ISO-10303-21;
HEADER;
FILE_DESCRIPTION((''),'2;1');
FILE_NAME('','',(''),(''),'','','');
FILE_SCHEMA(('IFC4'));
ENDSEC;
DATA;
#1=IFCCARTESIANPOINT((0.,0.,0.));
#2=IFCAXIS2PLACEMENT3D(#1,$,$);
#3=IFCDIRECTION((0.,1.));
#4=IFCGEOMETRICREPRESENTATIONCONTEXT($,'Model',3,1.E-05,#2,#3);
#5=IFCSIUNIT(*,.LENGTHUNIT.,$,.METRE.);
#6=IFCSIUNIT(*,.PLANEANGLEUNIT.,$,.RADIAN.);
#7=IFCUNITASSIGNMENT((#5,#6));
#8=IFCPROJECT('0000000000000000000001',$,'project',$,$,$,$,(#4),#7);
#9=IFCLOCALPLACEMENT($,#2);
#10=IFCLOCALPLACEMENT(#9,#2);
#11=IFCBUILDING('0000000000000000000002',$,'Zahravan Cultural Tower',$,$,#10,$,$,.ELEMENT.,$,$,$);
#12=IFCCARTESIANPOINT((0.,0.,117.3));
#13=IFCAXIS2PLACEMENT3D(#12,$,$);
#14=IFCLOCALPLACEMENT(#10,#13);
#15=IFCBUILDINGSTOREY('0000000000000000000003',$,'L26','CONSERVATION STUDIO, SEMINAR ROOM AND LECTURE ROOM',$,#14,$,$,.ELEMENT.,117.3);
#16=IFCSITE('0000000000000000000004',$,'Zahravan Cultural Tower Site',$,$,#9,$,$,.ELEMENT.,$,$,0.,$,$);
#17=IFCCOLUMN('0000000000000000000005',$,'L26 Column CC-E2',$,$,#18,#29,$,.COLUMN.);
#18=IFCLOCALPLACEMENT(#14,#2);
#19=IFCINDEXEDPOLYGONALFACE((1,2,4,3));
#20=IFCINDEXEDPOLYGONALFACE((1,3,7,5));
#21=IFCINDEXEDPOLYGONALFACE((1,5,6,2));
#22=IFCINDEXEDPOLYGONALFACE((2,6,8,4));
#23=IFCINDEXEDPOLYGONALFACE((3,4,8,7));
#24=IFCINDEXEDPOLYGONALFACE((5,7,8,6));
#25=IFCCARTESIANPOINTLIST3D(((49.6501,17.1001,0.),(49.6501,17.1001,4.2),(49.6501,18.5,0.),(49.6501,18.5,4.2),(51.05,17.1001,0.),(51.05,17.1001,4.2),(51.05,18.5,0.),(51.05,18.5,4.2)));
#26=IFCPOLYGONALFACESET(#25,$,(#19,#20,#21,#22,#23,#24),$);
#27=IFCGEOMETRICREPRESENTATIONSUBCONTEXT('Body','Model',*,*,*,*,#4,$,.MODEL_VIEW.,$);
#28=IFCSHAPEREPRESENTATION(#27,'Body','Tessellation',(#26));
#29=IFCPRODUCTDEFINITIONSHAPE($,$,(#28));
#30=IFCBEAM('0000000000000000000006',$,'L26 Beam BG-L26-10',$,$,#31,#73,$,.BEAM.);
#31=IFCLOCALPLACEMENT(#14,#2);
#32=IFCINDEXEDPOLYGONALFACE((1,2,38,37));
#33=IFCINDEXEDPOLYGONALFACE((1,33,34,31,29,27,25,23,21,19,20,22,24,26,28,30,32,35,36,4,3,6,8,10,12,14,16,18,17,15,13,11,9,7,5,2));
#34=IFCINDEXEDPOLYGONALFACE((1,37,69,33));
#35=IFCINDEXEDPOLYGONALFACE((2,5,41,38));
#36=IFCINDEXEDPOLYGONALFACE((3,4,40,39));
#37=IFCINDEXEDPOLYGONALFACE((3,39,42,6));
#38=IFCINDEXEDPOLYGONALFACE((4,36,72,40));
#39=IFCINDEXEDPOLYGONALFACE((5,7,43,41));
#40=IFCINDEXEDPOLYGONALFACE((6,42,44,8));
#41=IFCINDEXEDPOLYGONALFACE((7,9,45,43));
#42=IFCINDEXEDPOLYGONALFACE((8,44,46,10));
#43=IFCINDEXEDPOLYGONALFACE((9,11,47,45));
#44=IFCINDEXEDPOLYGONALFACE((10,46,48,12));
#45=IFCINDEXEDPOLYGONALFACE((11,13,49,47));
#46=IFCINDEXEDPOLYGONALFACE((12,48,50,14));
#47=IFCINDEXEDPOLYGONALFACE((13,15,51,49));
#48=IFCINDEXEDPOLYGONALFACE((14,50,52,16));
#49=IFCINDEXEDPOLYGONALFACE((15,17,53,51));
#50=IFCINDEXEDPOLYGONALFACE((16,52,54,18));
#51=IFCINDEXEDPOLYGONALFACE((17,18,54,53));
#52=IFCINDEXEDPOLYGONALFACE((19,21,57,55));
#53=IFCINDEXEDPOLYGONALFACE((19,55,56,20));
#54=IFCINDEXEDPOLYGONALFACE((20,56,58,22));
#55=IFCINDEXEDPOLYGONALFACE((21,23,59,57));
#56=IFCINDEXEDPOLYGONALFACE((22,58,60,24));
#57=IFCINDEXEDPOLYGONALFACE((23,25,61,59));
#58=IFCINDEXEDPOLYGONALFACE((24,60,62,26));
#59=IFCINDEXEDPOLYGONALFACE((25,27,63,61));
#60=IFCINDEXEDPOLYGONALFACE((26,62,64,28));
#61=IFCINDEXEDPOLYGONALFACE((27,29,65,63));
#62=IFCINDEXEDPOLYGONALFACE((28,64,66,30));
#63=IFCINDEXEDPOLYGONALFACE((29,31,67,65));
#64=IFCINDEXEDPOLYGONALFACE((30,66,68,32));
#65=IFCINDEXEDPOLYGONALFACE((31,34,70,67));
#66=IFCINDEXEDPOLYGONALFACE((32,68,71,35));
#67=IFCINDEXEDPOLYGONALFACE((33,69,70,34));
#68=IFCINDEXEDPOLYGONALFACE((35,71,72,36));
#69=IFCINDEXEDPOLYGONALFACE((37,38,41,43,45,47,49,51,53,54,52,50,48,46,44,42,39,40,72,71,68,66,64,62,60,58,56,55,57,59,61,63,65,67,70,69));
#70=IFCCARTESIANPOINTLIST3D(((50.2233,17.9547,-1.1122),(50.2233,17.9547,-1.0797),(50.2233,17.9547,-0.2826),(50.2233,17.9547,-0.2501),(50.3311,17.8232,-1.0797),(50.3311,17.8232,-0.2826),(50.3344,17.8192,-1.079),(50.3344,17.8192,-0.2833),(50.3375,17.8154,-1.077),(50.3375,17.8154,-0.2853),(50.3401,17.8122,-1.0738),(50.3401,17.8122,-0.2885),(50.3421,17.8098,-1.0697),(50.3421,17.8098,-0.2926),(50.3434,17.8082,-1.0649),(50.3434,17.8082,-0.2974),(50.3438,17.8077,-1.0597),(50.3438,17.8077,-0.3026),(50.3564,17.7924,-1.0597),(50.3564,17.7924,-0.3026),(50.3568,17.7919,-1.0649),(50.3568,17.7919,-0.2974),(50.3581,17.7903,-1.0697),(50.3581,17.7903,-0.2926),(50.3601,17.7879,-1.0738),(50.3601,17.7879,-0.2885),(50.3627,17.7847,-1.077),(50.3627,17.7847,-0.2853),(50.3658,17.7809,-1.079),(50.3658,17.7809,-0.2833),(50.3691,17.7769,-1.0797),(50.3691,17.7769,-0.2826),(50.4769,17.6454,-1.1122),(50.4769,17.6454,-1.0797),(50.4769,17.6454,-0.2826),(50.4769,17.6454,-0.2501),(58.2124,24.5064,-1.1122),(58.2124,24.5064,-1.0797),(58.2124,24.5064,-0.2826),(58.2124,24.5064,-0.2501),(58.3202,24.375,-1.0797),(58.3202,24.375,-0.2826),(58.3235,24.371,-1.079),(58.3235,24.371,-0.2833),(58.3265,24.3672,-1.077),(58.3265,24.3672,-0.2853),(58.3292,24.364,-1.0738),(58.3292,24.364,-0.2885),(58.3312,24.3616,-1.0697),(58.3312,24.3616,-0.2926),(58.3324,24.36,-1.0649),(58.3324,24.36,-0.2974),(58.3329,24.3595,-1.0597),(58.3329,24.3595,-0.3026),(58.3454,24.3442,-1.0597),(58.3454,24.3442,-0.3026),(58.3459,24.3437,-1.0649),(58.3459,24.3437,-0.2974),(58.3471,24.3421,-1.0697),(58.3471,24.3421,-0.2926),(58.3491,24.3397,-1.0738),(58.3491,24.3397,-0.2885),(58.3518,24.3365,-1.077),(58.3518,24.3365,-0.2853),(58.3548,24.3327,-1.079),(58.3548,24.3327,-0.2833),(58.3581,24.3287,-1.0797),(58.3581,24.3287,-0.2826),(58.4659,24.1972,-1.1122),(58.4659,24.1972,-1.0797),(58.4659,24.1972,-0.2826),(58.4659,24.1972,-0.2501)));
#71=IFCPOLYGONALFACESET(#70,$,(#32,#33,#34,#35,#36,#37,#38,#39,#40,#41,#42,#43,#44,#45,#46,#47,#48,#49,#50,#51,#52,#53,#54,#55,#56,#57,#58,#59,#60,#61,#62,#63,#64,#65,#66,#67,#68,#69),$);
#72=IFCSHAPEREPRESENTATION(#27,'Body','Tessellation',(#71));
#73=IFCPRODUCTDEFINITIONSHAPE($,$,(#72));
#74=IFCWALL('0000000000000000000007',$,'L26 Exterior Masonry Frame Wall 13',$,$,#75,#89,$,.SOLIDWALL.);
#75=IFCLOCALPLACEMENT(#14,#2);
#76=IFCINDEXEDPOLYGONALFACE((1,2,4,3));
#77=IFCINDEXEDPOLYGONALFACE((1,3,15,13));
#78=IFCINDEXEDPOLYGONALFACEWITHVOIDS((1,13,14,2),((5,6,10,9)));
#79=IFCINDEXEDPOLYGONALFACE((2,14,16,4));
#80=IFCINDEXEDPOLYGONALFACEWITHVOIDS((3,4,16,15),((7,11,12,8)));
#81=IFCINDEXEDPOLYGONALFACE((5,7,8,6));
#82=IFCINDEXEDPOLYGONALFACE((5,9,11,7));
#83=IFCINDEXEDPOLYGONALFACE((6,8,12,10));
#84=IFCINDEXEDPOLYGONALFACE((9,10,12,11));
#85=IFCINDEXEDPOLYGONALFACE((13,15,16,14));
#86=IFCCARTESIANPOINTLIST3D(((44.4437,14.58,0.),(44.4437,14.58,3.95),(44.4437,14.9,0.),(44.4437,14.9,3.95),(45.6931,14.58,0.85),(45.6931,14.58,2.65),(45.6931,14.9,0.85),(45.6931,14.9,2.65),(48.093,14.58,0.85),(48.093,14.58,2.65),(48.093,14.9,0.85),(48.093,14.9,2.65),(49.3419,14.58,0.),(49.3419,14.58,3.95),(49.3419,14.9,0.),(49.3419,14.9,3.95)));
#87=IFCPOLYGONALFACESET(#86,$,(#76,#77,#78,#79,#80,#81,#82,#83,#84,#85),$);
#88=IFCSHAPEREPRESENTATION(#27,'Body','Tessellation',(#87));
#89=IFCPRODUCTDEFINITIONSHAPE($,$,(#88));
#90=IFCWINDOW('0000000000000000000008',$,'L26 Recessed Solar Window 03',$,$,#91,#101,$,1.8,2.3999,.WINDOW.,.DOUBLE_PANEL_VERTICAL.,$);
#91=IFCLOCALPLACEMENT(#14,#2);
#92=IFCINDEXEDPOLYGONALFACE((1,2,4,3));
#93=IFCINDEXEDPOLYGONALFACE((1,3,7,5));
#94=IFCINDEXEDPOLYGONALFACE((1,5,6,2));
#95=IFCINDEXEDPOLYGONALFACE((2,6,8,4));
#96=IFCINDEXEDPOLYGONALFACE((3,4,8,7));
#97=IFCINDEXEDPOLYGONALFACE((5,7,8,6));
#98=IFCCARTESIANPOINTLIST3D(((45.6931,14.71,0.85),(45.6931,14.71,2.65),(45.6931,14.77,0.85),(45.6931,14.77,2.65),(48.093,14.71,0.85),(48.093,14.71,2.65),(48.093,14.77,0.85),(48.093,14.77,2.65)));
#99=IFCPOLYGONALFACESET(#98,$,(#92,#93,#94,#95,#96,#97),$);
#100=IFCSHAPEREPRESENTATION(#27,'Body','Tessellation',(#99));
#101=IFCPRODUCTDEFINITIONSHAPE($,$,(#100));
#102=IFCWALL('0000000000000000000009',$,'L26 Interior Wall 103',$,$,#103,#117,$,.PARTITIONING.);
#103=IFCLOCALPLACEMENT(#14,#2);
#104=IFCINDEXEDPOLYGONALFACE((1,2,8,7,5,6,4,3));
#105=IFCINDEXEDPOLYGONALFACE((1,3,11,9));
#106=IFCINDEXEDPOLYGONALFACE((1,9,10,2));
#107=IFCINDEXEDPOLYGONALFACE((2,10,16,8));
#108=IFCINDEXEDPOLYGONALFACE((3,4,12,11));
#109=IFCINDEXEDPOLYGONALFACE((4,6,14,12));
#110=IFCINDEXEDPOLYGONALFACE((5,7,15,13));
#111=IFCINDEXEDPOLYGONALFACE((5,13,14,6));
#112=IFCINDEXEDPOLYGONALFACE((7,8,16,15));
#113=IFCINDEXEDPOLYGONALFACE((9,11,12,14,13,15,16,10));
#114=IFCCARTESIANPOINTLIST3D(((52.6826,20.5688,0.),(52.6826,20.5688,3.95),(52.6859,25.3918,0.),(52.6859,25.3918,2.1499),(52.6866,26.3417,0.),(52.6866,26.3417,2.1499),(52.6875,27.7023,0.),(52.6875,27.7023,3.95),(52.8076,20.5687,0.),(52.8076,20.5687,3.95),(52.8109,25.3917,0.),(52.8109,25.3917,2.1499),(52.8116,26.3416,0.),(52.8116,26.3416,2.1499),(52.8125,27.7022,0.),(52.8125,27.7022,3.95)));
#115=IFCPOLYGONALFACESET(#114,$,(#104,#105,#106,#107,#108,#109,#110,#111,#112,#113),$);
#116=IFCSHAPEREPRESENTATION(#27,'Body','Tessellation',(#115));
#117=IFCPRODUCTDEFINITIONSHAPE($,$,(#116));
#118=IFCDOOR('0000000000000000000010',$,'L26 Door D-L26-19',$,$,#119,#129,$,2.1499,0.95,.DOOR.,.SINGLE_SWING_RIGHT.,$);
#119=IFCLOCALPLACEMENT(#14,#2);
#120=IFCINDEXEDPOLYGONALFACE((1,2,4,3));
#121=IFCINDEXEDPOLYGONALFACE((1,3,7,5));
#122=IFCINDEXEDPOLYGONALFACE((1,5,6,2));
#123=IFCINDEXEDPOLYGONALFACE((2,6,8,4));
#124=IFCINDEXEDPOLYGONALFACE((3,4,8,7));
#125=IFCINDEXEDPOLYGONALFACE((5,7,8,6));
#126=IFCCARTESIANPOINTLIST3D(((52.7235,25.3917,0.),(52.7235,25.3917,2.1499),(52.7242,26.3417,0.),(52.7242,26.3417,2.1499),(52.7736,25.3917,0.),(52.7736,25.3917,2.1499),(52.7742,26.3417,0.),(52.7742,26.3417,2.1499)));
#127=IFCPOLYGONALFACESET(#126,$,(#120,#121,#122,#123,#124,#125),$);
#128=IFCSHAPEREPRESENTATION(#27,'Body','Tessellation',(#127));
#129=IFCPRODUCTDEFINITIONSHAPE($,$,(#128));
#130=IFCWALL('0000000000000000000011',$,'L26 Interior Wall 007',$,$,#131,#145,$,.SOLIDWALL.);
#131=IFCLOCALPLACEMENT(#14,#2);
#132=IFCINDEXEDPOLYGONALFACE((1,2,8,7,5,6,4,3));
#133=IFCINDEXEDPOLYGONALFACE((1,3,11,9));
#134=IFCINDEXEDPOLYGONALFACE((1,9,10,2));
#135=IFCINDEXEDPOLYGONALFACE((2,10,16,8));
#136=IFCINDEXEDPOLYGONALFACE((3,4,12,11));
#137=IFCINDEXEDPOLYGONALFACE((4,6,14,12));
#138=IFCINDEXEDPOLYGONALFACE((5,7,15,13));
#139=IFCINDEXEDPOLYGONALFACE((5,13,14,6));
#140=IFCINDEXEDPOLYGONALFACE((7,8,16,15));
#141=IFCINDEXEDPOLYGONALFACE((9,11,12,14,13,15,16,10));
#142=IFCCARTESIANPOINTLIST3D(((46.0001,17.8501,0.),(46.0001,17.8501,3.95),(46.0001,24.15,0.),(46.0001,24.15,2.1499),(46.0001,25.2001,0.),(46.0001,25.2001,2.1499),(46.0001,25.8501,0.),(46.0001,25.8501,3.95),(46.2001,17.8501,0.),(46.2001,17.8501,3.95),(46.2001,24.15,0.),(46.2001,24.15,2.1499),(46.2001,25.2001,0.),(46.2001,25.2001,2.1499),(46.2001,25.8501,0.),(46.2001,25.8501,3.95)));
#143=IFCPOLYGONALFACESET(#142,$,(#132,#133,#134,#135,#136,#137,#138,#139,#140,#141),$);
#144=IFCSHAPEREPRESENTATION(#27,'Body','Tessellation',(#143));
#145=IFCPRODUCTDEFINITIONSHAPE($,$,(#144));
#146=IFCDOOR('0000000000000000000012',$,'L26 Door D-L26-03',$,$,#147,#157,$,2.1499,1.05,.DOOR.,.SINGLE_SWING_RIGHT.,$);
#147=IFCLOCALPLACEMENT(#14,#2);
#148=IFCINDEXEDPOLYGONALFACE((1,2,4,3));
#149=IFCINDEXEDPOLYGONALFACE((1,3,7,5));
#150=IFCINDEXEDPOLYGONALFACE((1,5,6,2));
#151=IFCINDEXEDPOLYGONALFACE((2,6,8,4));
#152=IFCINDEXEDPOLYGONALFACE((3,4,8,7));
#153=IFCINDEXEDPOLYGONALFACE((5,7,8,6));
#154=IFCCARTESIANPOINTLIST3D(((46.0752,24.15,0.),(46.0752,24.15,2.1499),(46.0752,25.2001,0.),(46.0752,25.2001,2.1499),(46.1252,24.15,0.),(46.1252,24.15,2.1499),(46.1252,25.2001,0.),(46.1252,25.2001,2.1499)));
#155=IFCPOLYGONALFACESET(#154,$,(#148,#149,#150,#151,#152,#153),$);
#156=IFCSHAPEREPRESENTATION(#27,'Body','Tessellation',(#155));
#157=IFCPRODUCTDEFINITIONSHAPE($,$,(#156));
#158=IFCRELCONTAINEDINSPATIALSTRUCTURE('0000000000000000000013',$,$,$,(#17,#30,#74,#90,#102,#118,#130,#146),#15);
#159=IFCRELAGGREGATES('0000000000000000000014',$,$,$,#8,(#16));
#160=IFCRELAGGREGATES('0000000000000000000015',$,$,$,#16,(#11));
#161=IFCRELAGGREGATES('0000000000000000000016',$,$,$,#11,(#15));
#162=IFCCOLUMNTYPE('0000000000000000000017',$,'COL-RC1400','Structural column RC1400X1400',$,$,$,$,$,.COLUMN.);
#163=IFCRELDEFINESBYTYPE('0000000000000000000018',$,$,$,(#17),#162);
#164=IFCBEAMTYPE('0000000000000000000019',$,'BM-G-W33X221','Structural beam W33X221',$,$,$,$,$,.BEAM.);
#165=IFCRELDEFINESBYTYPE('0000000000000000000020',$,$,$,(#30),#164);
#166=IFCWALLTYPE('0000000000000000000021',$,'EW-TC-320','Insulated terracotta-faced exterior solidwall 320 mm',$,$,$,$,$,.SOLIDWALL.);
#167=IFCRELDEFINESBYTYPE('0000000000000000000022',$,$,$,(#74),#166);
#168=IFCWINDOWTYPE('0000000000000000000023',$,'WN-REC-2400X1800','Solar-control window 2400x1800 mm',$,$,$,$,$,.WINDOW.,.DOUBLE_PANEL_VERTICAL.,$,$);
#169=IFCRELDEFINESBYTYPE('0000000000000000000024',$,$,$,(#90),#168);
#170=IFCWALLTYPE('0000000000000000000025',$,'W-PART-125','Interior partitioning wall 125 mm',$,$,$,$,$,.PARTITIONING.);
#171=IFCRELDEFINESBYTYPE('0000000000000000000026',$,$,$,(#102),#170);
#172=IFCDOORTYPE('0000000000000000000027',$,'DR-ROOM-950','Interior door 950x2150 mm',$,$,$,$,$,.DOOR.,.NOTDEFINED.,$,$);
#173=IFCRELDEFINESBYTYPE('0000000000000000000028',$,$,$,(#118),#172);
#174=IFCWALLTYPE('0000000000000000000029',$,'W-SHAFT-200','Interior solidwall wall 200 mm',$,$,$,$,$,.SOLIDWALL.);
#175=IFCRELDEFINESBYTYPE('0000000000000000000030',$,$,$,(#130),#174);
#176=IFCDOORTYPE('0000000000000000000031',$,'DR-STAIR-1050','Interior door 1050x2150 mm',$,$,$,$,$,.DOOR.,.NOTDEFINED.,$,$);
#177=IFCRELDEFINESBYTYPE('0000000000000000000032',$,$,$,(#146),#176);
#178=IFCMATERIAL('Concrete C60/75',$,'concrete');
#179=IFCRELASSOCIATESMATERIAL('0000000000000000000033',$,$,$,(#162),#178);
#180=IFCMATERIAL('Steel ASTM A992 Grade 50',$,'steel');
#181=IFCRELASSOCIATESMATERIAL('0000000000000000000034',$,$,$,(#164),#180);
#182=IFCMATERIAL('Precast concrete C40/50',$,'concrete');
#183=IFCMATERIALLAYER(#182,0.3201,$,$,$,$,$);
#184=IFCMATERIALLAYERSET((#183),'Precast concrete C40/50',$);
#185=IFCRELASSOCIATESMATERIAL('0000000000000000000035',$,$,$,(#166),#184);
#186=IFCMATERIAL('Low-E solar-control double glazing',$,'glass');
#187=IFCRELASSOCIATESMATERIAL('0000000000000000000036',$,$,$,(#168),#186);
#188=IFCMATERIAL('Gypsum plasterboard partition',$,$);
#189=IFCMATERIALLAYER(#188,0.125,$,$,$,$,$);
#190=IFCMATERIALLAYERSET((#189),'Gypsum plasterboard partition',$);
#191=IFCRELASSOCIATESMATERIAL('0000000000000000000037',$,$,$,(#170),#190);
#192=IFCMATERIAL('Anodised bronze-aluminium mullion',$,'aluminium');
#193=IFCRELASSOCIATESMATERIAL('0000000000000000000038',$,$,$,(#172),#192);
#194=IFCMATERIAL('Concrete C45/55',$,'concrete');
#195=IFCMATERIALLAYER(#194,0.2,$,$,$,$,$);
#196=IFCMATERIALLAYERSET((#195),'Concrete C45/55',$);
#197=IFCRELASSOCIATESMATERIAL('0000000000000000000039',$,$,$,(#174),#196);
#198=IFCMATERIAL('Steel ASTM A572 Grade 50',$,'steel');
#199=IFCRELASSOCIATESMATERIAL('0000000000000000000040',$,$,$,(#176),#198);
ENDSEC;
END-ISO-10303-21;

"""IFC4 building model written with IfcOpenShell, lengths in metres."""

from ifc_helpers import new_model, si_unit, direction, frame, frame_2d, origin, origin_2d, place, context, subcontext, project, spatial, rectangle, i_section, extrude, source, transform, mapped, material, layer, layer_set, material_profile, profile_set, type_object, element, fill, save


model = new_model("IFC4")

# Units and contexts
model_context = context("Model", 3, precision=1e-05, world=origin(), true_north=direction((0.0, 1.0)))
body_context = subcontext(model_context, "Body", "Model", "MODEL_VIEW")
ifc_project = project(units=[si_unit("LENGTHUNIT", "METRE"), si_unit("PLANEANGLEUNIT", "RADIAN")], contexts=[model_context])

# Site, building, storey
site_placement = place(None, origin())
site = spatial("IfcSite", under=ifc_project, at=site_placement, Name="Zahravan Cultural Tower Site", CompositionType="ELEMENT", RefElevation=0.0)
building_placement = place(site_placement, origin())
building = spatial("IfcBuilding", under=site, at=building_placement, Name="Zahravan Cultural Tower", CompositionType="ELEMENT")
storey_placement = place(building_placement, frame((0.0, 0.0, 117.3)))
storey = spatial("IfcBuildingStorey", under=building, at=storey_placement, Name="L26", Description="CONSERVATION STUDIO, SEMINAR ROOM AND LECTURE ROOM", CompositionType="ELEMENT", Elevation=117.3)

# Column
ifc_material_1 = material(Name="Concrete C60/75", Category="concrete")
ifc_material_profile_1 = material_profile(ifc_material_1, rectangle(XDim=1.3999, YDim=1.3999, at=origin_2d()), Name="RC1400X1400")
ifc_profile_set_1 = profile_set([ifc_material_profile_1], Name="Concrete C60/75")
column_type = type_object("IfcColumnType", Name="COL-RC1400", Description="Structural column RC1400X1400", PredefinedType="COLUMN", material=ifc_profile_set_1)
shared_shape_1 = source(origin(), body_context, "Body", "SweptSolid", [
    extrude(rectangle(XDim=1.3999, YDim=1.3999, at=origin_2d()), origin(), (0.0, 0.0, 1.0), 4.2),
])
column_placement = place(storey_placement, frame((50.3501, 17.8, 0.0), z_axis=(0.0, 0.0, 1.0), x_axis=(1.0, 0.0, 0.0)))
element("IfcColumn", 1, at=column_placement, inside=storey, type_object=column_type, Name="L26 Column CC-E2", PredefinedType="COLUMN", context=body_context, shape_type="MappedRepresentation", body=[
    mapped(shared_shape_1, transform((0.0, 0.0, 0.0), x_axis=(1.0, 0.0, 0.0), y_axis=(0.0, 1.0, 0.0), z_axis=(0.0, 0.0, 1.0), scale=1.0)),
])

# Beam
ifc_material_2 = material(Name="Steel ASTM A992 Grade 50", Category="steel")
ifc_material_profile_2 = material_profile(ifc_material_2, i_section(OverallWidth=0.3999, OverallDepth=0.8621, WebThickness=0.0198, FlangeThickness=0.0325, FilletRadius=0.02, at=origin_2d()), Name="W33X221")
ifc_profile_set_2 = profile_set([ifc_material_profile_2], Name="Steel ASTM A992 Grade 50")
beam_type = type_object("IfcBeamType", Name="BM-G-W33X221", Description="Structural beam W33X221", PredefinedType="BEAM", material=ifc_profile_set_2)
shared_shape_2 = source(origin(), body_context, "Body", "SweptSolid", [
    extrude(i_section(OverallWidth=0.3999, OverallDepth=0.8621, WebThickness=0.0198, FlangeThickness=0.0325, FilletRadius=0.02, at=origin_2d()), origin(), (0.0, 0.0, 1.0), 10.332),
])
beam_placement = place(storey_placement, frame((50.3501, 17.8, -0.6812), z_axis=(0.773231, 0.634124, 0.0), x_axis=(-0.634124, 0.773231, 0.0)))
element("IfcBeam", 2, at=beam_placement, inside=storey, type_object=beam_type, Name="L26 Beam BG-L26-10", PredefinedType="BEAM", context=body_context, shape_type="MappedRepresentation", body=[
    mapped(shared_shape_2, transform((0.0, 0.0, 0.0), x_axis=(1.0, 0.0, 0.0), y_axis=(0.0, 1.0, 0.0), z_axis=(0.0, 0.0, 1.0), scale=1.0)),
])

# Wall, opening, window
ifc_material_3 = material(Name="Precast concrete C40/50", Category="concrete")
ifc_layer_1 = layer(ifc_material_3, 0.3201)
ifc_layer_set_1 = layer_set([ifc_layer_1], Name="Precast concrete C40/50")
wall_type_1 = type_object("IfcWallType", Name="EW-TC-320", Description="Insulated terracotta-faced exterior solidwall 320 mm", PredefinedType="SOLIDWALL", material=ifc_layer_set_1)
wall_1_placement = place(storey_placement, frame((49.342, 14.74, 0.0), z_axis=(0.0, 0.0, 1.0), x_axis=(-1.0, 0.0, 0.0)))
wall_1 = element("IfcWall", 3, at=wall_1_placement, inside=storey, type_object=wall_type_1, Name="L26 Exterior Masonry Frame Wall 13", PredefinedType="SOLIDWALL", context=body_context, shape_type="SweptSolid", body=[
    extrude(rectangle(XDim=4.8982, YDim=0.3201, at=frame_2d((2.4492, 0.0))), origin(), (0.0, 0.0, 1.0), 3.95),
])
opening_1_placement = place(wall_1_placement, frame((1.249, 0.0, 0.8501)))
opening_1 = element("IfcOpeningElement", 4, at=opening_1_placement, cuts=wall_1, PredefinedType="OPENING", context=body_context, shape_type="SweptSolid", body=[
    extrude(rectangle(XDim=2.3999, YDim=1.8, at=frame_2d((1.2, 0.8999))), frame((0.0, 0.1699, 0.0), z_axis=(0.0, -1.0, 0.0), x_axis=(1.0, 0.0, 0.0)), (0.0, 0.0, 1.0), 0.3401),
])
ifc_material_4 = material(Name="Low-E solar-control double glazing", Category="glass")
window_type = type_object("IfcWindowType", Name="WN-REC-2400X1800", Description="Solar-control window 2400x1800 mm", PartitioningType="DOUBLE_PANEL_VERTICAL", PredefinedType="WINDOW", material=ifc_material_4)
shared_shape_3 = source(origin(), body_context, "Body", "SweptSolid", [
    extrude(rectangle(XDim=2.3999, YDim=1.8, at=frame_2d((1.2, 0.8999))), frame((0.0, 0.03, 0.0), z_axis=(0.0, -1.0, 0.0), x_axis=(1.0, 0.0, 0.0)), (0.0, 0.0, 1.0), 0.0601),
])
window_placement = place(opening_1_placement, origin())
window = element("IfcWindow", 5, at=window_placement, inside=storey, type_object=window_type, Name="L26 Recessed Solar Window 03", OverallHeight=1.8, OverallWidth=2.3999, PartitioningType="DOUBLE_PANEL_VERTICAL", PredefinedType="WINDOW", context=body_context, shape_type="MappedRepresentation", body=[
    mapped(shared_shape_3, transform((0.0, 0.0, 0.0), x_axis=(1.0, 0.0, 0.0), y_axis=(0.0, 1.0, 0.0), z_axis=(0.0, 0.0, 1.0), scale=1.0)),
])
fill(opening_1, window)

# Walls, openings, doors
ifc_material_5 = material(Name="Gypsum plasterboard partition")
ifc_layer_2 = layer(ifc_material_5, 0.125)
ifc_layer_set_2 = layer_set([ifc_layer_2], Name="Gypsum plasterboard partition")
wall_type_2 = type_object("IfcWallType", Name="W-PART-125", Description="Interior partitioning wall 125 mm", PredefinedType="PARTITIONING", material=ifc_layer_set_2)
wall_2_placement = place(storey_placement, frame((52.7451, 20.5686, 0.0), z_axis=(0.0, 0.0, 1.0), x_axis=(0.000684, 1.0, 0.0)))
wall_2 = element("IfcWall", 6, at=wall_2_placement, inside=storey, type_object=wall_type_2, Name="L26 Interior Wall 103", PredefinedType="PARTITIONING", context=body_context, shape_type="SweptSolid", body=[
    extrude(rectangle(XDim=7.1335, YDim=0.125, at=frame_2d((3.5669, 0.0))), origin(), (0.0, 0.0, 1.0), 3.95),
])
opening_2_placement = place(wall_2_placement, frame((4.823, 0.0, 0.0)))
opening_2 = element("IfcOpeningElement", 7, at=opening_2_placement, cuts=wall_2, PredefinedType="OPENING", context=body_context, shape_type="SweptSolid", body=[
    extrude(rectangle(XDim=0.95, YDim=2.1499, at=frame_2d((0.4751, 1.075))), frame((0.0, 0.0725, 0.0), z_axis=(0.0, -1.0, 0.0), x_axis=(1.0, 0.0, 0.0)), (0.0, 0.0, 1.0), 0.145),
])
ifc_material_6 = material(Name="Anodised bronze-aluminium mullion", Category="aluminium")
door_type_1 = type_object("IfcDoorType", Name="DR-ROOM-950", Description="Interior door 950x2150 mm", OperationType="NOTDEFINED", PredefinedType="DOOR", material=ifc_material_6)
shared_shape_4 = source(origin(), body_context, "Body", "SweptSolid", [
    extrude(rectangle(XDim=0.95, YDim=2.1499, at=frame_2d((0.4751, 1.075))), frame((0.0, 0.0249, 0.0), z_axis=(0.0, -1.0, 0.0), x_axis=(1.0, 0.0, 0.0)), (0.0, 0.0, 1.0), 0.05),
])
door_1_placement = place(opening_2_placement, origin())
door_1 = element("IfcDoor", 8, at=door_1_placement, inside=storey, type_object=door_type_1, Name="L26 Door D-L26-19", OperationType="SINGLE_SWING_RIGHT", OverallHeight=2.1499, OverallWidth=0.95, PredefinedType="DOOR", context=body_context, shape_type="MappedRepresentation", body=[
    mapped(shared_shape_4, transform((0.0, 0.0, 0.0), x_axis=(1.0, 0.0, 0.0), y_axis=(0.0, 1.0, 0.0), z_axis=(0.0, 0.0, 1.0), scale=1.0)),
])
fill(opening_2, door_1)
ifc_material_7 = material(Name="Concrete C45/55", Category="concrete")
ifc_layer_3 = layer(ifc_material_7, 0.2)
ifc_layer_set_3 = layer_set([ifc_layer_3], Name="Concrete C45/55")
wall_type_3 = type_object("IfcWallType", Name="W-SHAFT-200", Description="Interior solidwall wall 200 mm", PredefinedType="SOLIDWALL", material=ifc_layer_set_3)
wall_3_placement = place(storey_placement, frame((46.1001, 17.8501, 0.0), z_axis=(0.0, 0.0, 1.0), x_axis=(0.0, 1.0, 0.0)))
wall_3 = element("IfcWall", 9, at=wall_3_placement, inside=storey, type_object=wall_type_3, Name="L26 Interior Wall 007", PredefinedType="SOLIDWALL", context=body_context, shape_type="SweptSolid", body=[
    extrude(rectangle(XDim=8.0, YDim=0.2, at=frame_2d((4.0, 0.0))), origin(), (0.0, 0.0, 1.0), 3.95),
])
opening_3_placement = place(wall_3_placement, frame((6.3, 0.0, 0.0)))
opening_3 = element("IfcOpeningElement", 10, at=opening_3_placement, cuts=wall_3, PredefinedType="OPENING", context=body_context, shape_type="SweptSolid", body=[
    extrude(rectangle(XDim=1.05, YDim=2.1499, at=frame_2d((0.5249, 1.075))), frame((0.0, 0.1099, 0.0), z_axis=(0.0, -1.0, 0.0), x_axis=(1.0, 0.0, 0.0)), (0.0, 0.0, 1.0), 0.22),
])
ifc_material_8 = material(Name="Steel ASTM A572 Grade 50", Category="steel")
door_type_2 = type_object("IfcDoorType", Name="DR-STAIR-1050", Description="Interior door 1050x2150 mm", OperationType="NOTDEFINED", PredefinedType="DOOR", material=ifc_material_8)
shared_shape_5 = source(origin(), body_context, "Body", "SweptSolid", [
    extrude(rectangle(XDim=1.05, YDim=2.1499, at=frame_2d((0.5249, 1.075))), frame((0.0, 0.0249, 0.0), z_axis=(0.0, -1.0, 0.0), x_axis=(1.0, 0.0, 0.0)), (0.0, 0.0, 1.0), 0.05),
])
door_2_placement = place(opening_3_placement, origin())
door_2 = element("IfcDoor", 11, at=door_2_placement, inside=storey, type_object=door_type_2, Name="L26 Door D-L26-03", OperationType="SINGLE_SWING_RIGHT", OverallHeight=2.1499, OverallWidth=1.05, PredefinedType="DOOR", context=body_context, shape_type="MappedRepresentation", body=[
    mapped(shared_shape_5, transform((0.0, 0.0, 0.0), x_axis=(1.0, 0.0, 0.0), y_axis=(0.0, 1.0, 0.0), z_axis=(0.0, 0.0, 1.0), scale=1.0)),
])
fill(opening_3, door_2)

save(model, "model.ifc")
